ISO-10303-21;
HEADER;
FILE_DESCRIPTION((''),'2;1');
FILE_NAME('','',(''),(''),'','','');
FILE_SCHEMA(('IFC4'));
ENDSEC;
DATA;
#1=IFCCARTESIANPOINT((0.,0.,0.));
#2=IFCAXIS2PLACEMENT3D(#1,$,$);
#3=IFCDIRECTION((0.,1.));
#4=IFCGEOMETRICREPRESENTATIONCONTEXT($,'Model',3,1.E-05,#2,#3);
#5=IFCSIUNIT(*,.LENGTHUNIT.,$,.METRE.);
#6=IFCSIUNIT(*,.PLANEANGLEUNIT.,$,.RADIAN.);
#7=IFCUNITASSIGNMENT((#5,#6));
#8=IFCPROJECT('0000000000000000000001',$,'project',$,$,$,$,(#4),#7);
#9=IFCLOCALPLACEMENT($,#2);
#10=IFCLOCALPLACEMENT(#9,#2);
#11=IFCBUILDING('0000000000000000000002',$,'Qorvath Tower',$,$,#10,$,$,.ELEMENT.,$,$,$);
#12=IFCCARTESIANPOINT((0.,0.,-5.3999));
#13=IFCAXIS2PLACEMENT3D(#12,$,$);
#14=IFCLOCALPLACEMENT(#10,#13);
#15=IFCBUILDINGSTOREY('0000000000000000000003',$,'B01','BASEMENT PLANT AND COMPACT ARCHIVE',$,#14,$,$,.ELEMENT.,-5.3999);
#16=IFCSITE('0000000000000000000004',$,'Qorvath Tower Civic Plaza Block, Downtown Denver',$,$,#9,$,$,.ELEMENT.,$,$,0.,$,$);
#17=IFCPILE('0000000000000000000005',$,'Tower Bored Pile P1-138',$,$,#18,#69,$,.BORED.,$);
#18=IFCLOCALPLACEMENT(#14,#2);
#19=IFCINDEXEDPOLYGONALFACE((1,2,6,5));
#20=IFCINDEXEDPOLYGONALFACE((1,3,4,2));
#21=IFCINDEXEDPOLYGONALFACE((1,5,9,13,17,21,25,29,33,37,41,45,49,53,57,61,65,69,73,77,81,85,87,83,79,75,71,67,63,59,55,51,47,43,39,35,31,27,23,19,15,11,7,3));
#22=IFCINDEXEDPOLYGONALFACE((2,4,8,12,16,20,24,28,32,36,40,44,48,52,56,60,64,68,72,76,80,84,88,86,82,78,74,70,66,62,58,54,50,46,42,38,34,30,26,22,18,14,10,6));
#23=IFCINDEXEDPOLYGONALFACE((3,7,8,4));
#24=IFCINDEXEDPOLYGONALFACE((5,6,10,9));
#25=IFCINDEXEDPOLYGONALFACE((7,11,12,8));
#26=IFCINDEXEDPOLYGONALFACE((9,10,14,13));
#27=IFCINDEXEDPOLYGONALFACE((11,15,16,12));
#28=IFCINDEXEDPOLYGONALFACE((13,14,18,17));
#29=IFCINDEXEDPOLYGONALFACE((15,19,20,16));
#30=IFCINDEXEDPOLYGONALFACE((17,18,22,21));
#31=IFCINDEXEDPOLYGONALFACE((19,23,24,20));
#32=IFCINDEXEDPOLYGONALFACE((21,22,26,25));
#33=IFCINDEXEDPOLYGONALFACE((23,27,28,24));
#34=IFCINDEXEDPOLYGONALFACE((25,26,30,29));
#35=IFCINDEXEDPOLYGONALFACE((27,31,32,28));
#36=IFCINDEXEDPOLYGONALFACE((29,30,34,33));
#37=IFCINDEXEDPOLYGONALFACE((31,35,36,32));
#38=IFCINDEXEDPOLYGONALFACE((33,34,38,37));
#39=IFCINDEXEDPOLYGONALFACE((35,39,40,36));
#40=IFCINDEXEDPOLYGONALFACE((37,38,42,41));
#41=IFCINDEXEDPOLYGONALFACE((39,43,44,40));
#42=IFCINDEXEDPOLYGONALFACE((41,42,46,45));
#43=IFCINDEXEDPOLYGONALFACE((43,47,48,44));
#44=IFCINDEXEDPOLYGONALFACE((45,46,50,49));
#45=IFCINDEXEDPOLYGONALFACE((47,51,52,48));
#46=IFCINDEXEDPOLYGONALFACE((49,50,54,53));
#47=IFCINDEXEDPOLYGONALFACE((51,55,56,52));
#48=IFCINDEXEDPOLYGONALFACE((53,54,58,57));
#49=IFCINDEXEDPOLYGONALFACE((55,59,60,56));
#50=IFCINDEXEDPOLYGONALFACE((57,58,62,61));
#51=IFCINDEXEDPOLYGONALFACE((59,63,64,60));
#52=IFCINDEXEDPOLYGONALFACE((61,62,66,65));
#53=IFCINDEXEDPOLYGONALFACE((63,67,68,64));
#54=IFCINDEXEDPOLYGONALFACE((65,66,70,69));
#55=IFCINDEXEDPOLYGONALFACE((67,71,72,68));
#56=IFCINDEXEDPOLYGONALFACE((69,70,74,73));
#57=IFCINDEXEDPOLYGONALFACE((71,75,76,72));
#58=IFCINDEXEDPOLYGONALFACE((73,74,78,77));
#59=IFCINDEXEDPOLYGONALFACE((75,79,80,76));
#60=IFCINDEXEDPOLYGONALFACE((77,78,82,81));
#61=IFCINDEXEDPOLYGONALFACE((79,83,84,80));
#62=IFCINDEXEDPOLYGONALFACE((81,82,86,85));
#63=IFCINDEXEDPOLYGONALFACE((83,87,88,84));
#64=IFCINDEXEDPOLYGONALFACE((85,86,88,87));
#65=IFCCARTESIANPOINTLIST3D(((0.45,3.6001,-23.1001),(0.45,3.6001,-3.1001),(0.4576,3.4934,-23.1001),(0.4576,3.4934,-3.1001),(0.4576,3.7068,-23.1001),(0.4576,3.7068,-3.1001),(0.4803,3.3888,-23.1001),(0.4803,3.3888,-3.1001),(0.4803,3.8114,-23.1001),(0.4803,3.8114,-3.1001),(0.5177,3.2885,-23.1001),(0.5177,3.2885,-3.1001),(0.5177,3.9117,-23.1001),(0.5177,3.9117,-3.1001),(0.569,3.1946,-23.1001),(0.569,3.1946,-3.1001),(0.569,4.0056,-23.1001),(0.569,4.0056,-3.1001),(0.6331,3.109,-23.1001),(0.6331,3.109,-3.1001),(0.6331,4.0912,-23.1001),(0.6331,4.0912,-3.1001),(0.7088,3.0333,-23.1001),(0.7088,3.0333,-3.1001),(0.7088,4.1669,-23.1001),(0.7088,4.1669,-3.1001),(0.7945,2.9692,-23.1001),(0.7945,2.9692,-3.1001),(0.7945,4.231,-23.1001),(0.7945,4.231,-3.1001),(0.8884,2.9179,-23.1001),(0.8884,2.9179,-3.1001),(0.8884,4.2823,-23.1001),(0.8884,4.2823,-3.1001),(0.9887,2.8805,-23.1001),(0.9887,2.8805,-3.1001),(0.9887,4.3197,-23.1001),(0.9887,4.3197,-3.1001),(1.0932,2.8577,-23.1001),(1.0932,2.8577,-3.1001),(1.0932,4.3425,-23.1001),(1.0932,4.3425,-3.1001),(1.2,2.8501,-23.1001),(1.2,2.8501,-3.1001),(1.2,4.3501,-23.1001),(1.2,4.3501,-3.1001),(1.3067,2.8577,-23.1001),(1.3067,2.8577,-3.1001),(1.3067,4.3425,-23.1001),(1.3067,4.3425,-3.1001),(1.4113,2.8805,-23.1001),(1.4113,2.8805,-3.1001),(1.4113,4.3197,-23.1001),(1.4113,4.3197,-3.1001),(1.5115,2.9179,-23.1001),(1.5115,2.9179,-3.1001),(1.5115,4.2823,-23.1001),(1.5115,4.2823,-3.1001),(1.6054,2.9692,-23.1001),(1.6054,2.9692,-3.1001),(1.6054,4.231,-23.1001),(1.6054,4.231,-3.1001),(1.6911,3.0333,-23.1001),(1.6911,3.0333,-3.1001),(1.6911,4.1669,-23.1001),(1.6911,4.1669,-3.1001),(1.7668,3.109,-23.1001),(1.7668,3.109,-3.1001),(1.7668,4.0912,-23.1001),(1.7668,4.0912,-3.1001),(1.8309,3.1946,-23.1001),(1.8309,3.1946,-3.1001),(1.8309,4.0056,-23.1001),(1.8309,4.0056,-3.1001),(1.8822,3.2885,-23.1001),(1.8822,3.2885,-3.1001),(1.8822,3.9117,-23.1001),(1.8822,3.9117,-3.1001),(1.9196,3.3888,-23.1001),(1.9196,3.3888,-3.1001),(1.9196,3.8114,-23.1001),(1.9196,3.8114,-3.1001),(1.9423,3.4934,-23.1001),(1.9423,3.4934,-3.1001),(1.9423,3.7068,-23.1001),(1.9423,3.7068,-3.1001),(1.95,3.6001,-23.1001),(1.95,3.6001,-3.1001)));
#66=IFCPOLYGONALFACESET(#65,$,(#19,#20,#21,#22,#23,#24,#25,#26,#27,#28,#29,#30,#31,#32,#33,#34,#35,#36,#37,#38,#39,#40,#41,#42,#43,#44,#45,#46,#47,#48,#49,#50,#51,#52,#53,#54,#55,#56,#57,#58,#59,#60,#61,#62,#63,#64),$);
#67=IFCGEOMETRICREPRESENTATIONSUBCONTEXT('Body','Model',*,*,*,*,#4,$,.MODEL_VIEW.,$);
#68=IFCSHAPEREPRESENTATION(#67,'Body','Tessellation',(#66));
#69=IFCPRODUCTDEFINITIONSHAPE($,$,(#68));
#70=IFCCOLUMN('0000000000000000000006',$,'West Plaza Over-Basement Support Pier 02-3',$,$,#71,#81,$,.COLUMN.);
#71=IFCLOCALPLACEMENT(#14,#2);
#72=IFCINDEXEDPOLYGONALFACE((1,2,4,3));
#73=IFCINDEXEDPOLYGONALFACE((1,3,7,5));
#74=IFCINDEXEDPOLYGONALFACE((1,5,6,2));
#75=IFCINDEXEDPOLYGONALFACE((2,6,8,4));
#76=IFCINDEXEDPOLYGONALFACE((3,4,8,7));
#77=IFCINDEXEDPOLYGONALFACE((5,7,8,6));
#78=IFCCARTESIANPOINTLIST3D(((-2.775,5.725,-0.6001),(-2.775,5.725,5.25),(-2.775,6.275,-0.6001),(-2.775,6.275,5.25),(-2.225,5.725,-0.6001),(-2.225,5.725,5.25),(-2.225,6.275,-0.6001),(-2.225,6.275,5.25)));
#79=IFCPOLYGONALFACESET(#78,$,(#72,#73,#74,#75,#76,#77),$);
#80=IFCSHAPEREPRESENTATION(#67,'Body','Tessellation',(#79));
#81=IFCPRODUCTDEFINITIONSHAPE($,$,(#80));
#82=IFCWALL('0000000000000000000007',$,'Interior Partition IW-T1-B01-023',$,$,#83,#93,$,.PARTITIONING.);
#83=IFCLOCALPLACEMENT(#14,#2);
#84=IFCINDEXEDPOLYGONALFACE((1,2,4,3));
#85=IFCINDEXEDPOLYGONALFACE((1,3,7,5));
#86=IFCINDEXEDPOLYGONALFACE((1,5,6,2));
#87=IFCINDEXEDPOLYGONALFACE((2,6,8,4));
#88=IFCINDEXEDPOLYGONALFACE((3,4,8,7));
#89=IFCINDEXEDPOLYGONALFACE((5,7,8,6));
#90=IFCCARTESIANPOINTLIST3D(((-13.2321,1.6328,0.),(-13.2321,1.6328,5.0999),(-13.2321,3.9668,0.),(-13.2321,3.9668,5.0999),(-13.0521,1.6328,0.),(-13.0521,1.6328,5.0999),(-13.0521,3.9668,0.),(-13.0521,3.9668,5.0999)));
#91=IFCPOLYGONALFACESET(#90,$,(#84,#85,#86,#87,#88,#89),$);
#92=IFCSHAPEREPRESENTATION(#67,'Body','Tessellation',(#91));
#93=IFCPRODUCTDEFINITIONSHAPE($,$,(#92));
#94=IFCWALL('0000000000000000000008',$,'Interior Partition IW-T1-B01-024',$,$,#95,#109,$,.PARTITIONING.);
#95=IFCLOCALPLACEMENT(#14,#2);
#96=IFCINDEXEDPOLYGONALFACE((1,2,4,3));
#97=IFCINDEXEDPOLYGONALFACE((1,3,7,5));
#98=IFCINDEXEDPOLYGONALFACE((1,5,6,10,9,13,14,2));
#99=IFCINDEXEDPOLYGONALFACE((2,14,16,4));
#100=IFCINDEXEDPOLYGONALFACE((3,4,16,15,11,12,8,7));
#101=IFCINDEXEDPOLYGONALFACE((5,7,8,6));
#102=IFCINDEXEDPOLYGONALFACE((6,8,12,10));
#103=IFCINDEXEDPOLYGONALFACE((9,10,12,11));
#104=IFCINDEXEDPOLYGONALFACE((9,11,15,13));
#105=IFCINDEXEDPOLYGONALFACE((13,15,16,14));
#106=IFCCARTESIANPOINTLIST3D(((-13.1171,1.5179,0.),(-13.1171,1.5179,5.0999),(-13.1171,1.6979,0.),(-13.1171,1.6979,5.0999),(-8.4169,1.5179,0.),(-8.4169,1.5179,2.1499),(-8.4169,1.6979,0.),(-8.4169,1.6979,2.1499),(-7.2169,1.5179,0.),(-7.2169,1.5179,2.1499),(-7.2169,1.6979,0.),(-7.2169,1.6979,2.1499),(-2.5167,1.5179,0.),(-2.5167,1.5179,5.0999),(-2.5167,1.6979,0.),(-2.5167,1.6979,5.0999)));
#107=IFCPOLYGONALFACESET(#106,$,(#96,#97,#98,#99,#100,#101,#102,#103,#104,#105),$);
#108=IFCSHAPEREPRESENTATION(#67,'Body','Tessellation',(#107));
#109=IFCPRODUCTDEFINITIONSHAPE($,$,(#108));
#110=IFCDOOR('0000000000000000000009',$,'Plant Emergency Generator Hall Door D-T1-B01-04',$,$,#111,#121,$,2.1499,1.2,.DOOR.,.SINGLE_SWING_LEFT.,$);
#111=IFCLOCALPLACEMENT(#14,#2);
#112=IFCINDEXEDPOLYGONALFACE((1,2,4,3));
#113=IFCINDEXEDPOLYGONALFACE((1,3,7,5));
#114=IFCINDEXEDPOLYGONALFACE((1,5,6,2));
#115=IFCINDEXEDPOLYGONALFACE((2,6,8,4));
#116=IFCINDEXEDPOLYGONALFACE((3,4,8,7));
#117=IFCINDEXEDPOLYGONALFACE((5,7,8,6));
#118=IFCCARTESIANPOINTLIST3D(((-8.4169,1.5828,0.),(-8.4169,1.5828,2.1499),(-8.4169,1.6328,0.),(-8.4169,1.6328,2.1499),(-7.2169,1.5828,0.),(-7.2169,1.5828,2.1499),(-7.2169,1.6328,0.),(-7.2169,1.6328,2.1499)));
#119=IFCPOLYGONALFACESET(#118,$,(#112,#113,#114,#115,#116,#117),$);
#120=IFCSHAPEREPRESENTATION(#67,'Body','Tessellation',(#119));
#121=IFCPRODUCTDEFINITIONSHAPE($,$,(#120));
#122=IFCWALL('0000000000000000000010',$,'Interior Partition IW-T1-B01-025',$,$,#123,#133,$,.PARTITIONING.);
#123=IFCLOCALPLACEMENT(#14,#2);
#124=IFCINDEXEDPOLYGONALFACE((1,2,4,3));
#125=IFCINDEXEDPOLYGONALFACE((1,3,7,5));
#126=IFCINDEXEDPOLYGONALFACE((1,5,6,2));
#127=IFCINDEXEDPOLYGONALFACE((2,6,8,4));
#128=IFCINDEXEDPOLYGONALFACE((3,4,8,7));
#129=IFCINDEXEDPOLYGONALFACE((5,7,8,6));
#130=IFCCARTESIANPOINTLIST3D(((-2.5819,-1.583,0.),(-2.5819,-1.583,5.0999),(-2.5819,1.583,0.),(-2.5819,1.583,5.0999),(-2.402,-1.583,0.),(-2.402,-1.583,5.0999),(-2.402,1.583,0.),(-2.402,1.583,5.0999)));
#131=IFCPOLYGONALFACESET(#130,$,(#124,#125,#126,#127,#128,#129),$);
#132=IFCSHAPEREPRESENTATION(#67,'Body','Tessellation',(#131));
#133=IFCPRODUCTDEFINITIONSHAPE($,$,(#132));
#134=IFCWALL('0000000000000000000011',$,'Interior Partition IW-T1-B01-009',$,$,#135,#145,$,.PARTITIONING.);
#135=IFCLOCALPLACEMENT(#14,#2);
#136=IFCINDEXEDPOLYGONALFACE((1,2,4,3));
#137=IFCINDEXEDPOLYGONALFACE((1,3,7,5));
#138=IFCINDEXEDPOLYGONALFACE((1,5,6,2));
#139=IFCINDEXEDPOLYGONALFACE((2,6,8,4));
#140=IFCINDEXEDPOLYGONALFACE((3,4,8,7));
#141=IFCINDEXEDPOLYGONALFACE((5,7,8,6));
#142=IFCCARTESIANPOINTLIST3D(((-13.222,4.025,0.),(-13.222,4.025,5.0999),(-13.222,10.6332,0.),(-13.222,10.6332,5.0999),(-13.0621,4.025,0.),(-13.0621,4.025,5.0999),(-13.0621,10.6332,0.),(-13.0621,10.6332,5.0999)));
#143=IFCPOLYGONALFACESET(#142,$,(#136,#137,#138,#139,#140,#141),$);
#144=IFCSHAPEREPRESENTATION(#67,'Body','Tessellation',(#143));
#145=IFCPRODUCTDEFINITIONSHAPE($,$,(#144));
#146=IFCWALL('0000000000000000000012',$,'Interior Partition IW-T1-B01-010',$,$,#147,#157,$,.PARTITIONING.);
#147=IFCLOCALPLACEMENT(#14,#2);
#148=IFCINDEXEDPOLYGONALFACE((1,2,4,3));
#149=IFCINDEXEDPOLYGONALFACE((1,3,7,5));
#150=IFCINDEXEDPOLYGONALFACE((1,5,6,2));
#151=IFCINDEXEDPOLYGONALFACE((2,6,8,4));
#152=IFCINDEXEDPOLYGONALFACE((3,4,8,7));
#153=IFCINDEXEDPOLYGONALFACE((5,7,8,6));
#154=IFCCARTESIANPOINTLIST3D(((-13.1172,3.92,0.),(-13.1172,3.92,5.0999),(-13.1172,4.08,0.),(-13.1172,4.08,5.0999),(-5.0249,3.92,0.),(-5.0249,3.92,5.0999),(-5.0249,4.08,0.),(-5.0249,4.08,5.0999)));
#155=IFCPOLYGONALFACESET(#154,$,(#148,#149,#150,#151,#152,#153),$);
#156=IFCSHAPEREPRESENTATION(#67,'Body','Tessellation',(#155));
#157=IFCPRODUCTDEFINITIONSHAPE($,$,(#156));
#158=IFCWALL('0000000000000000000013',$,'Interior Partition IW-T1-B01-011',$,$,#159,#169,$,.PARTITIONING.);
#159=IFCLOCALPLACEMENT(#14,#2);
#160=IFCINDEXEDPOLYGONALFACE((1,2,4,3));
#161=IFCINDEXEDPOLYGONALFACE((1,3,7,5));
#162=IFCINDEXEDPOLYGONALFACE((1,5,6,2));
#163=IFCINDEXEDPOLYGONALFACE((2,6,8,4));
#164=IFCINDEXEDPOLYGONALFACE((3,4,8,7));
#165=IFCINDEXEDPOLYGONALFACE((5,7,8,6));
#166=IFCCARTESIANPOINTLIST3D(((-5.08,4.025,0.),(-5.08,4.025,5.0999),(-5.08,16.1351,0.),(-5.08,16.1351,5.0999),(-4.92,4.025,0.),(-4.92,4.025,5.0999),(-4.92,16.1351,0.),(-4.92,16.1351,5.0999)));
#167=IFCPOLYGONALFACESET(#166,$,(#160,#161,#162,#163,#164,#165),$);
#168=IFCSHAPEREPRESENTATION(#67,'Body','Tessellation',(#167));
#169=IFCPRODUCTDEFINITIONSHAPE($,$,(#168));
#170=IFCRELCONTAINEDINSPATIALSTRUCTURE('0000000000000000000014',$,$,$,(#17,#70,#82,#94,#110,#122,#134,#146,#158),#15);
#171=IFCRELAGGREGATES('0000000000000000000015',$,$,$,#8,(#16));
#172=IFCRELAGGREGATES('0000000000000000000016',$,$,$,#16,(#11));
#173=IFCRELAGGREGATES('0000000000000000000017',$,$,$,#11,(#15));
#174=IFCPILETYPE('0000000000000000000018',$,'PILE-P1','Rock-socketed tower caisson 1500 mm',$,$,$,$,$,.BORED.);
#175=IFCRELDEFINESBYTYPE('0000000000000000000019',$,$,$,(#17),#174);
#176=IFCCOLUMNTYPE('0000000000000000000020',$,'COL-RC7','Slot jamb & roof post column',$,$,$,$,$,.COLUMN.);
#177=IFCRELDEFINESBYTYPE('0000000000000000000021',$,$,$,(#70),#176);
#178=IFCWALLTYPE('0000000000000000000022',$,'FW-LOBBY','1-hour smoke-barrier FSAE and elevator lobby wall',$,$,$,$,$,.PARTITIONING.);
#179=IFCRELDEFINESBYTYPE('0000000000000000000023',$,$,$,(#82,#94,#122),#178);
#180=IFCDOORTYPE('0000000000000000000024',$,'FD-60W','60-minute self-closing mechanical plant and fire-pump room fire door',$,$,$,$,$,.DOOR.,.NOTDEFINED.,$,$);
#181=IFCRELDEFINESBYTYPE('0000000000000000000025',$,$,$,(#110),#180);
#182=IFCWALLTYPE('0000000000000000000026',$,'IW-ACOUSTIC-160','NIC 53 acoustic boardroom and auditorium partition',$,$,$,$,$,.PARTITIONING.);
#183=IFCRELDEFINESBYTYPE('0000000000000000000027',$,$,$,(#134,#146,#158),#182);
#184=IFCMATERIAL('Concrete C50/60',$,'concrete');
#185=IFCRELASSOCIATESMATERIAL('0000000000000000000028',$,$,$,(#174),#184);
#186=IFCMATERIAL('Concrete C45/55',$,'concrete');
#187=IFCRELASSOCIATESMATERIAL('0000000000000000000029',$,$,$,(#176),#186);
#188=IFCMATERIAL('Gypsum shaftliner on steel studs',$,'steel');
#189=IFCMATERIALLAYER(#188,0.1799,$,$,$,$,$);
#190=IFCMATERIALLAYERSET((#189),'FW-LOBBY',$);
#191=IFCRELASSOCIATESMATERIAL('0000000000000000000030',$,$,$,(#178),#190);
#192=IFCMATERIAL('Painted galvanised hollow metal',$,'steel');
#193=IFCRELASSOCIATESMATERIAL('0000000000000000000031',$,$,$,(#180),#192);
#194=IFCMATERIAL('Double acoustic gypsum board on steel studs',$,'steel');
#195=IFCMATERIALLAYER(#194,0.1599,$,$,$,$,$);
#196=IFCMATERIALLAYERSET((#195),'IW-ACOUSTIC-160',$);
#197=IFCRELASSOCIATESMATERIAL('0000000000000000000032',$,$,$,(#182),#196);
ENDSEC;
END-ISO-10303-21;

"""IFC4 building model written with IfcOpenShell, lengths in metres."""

from ifc_helpers import new_model, si_unit, direction, frame, frame_2d, origin, origin_2d, place, context, subcontext, project, spatial, rectangle, circle, extrude, material, layer, layer_set, material_profile, profile_set, type_object, element, fill, save


model = new_model("IFC4")

# Units and contexts
model_context = context("Model", 3, precision=1e-05, world=origin(), true_north=direction((0.0, 1.0)))
body_context = subcontext(model_context, "Body", "Model", "MODEL_VIEW")
ifc_project = project(units=[si_unit("LENGTHUNIT", "METRE"), si_unit("PLANEANGLEUNIT", "RADIAN")], contexts=[model_context])

# Site, building, storey
site_placement = place(None, origin())
site = spatial("IfcSite", under=ifc_project, at=site_placement, Name="Qorvath Tower Civic Plaza Block, Downtown Denver", CompositionType="ELEMENT", RefElevation=0.0)
building_placement = place(site_placement, origin())
building = spatial("IfcBuilding", under=site, at=building_placement, Name="Qorvath Tower", CompositionType="ELEMENT")
storey_placement = place(building_placement, frame((0.0, 0.0, -5.3999)))
storey = spatial("IfcBuildingStorey", under=building, at=storey_placement, Name="B01", Description="BASEMENT PLANT AND COMPACT ARCHIVE", CompositionType="ELEMENT", Elevation=-5.3999)

# Pile
ifc_material_1 = material(Name="Concrete C50/60", Category="concrete")
ifc_material_profile_1 = material_profile(ifc_material_1, circle(Radius=0.75, at=origin_2d()), Name="BORED PILE 1500")
ifc_profile_set_1 = profile_set([ifc_material_profile_1], Name="Concrete C50/60")
pile_type = type_object("IfcPileType", Name="PILE-P1", Description="Rock-socketed tower caisson 1500 mm", PredefinedType="BORED", material=ifc_profile_set_1)
for number, where, z_axis, x_axis, name in (
    (1, (1.2, 3.6001, -3.1001), (0.0, 0.0, -1.0), (1.0, 0.0, 0.0), "Tower Bored Pile P1-138"),
):
    element("IfcPile", number, at=place(storey_placement, frame(where, z_axis=z_axis, x_axis=x_axis)), inside=storey, type_object=pile_type, Name=name, PredefinedType="BORED", context=body_context, shape_type="SweptSolid", body=[
        extrude(circle(Radius=0.75, at=origin_2d()), origin(), (0.0, 0.0, 1.0), 20.0),
    ])

# Column
ifc_material_2 = material(Name="Concrete C45/55", Category="concrete")
ifc_material_profile_2 = material_profile(ifc_material_2, rectangle(XDim=0.55, YDim=0.55, at=origin_2d()), Name="RC 550x550")
ifc_profile_set_2 = profile_set([ifc_material_profile_2], Name="Concrete C45/55")
column_type = type_object("IfcColumnType", Name="COL-RC7", Description="Slot jamb & roof post column", PredefinedType="COLUMN", material=ifc_profile_set_2)
column_placement = place(storey_placement, frame((-2.5, 6.0, -0.6001), z_axis=(0.0, 0.0, 1.0), x_axis=(1.0, 0.0, 0.0)))
element("IfcColumn", 2, at=column_placement, inside=storey, type_object=column_type, Name="West Plaza Over-Basement Support Pier 02-3", PredefinedType="COLUMN", context=body_context, shape_type="SweptSolid", body=[
    extrude(rectangle(XDim=0.55, YDim=0.55, at=origin_2d()), origin(), (0.0, 0.0, 1.0), 5.8501),
])

# Wall
ifc_material_3 = material(Name="Gypsum shaftliner on steel studs", Category="steel")
ifc_layer_1 = layer(ifc_material_3, 0.1799)
ifc_layer_set_1 = layer_set([ifc_layer_1], Name="FW-LOBBY")
wall_type_1 = type_object("IfcWallType", Name="FW-LOBBY", Description="1-hour smoke-barrier FSAE and elevator lobby wall", PredefinedType="PARTITIONING", material=ifc_layer_set_1)
wall_1_placement = place(storey_placement, frame((-13.1421, 3.9668, 0.0), z_axis=(0.0, 0.0, 1.0), x_axis=(0.0, -1.0, 0.0)))
element("IfcWall", 3, at=wall_1_placement, inside=storey, type_object=wall_type_1, Name="Interior Partition IW-T1-B01-023", PredefinedType="PARTITIONING", context=body_context, shape_type="SweptSolid", body=[
    extrude(rectangle(XDim=2.334, YDim=0.1799, at=frame_2d((1.167, 0.0))), origin(), (0.0, 0.0, 1.0), 5.0999),
])

# Wall, opening, door
wall_2_placement = place(storey_placement, frame((-13.1172, 1.6079, 0.0), z_axis=(0.0, 0.0, 1.0), x_axis=(1.0, 0.0, 0.0)))
wall_2 = element("IfcWall", 4, at=wall_2_placement, inside=storey, type_object=wall_type_1, Name="Interior Partition IW-T1-B01-024", PredefinedType="PARTITIONING", context=body_context, shape_type="SweptSolid", body=[
    extrude(rectangle(XDim=10.6003, YDim=0.1799, at=frame_2d((5.3003, 0.0))), origin(), (0.0, 0.0, 1.0), 5.0999),
])
opening_placement = place(wall_2_placement, frame((4.7002, 0.0, 0.0)))
opening = element("IfcOpeningElement", 5, at=opening_placement, cuts=wall_2, PredefinedType="OPENING", context=body_context, shape_type="SweptSolid", body=[
    extrude(rectangle(XDim=1.2, YDim=2.1499, at=frame_2d((0.6001, 1.075))), frame((0.0, 0.1001, 0.0), z_axis=(0.0, -1.0, 0.0), x_axis=(1.0, 0.0, 0.0)), (0.0, 0.0, 1.0), 0.2),
])
ifc_material_4 = material(Name="Painted galvanised hollow metal", Category="steel")
door_type = type_object("IfcDoorType", Name="FD-60W", Description="60-minute self-closing mechanical plant and fire-pump room fire door", OperationType="NOTDEFINED", PredefinedType="DOOR", material=ifc_material_4)
door_placement = place(opening_placement, origin())
door = element("IfcDoor", 6, at=door_placement, inside=storey, type_object=door_type, Name="Plant Emergency Generator Hall Door D-T1-B01-04", OperationType="SINGLE_SWING_LEFT", OverallHeight=2.1499, OverallWidth=1.2, PredefinedType="DOOR", context=body_context, shape_type="SweptSolid", body=[
    extrude(rectangle(XDim=1.2, YDim=2.1499, at=frame_2d((0.6001, 1.075))), frame((0.0, 0.0249, 0.0), z_axis=(0.0, -1.0, 0.0), x_axis=(1.0, 0.0, 0.0)), (0.0, 0.0, 1.0), 0.05),
])
fill(opening, door)

# Walls
wall_3_placement = place(storey_placement, frame((-2.4919, 1.583, 0.0), z_axis=(0.0, 0.0, 1.0), x_axis=(0.0, -1.0, 0.0)))
element("IfcWall", 7, at=wall_3_placement, inside=storey, type_object=wall_type_1, Name="Interior Partition IW-T1-B01-025", PredefinedType="PARTITIONING", context=body_context, shape_type="SweptSolid", body=[
    extrude(rectangle(XDim=3.166, YDim=0.1799, at=frame_2d((1.583, 0.0))), origin(), (0.0, 0.0, 1.0), 5.0999),
])
ifc_material_5 = material(Name="Double acoustic gypsum board on steel studs", Category="steel")
ifc_layer_2 = layer(ifc_material_5, 0.1599)
ifc_layer_set_2 = layer_set([ifc_layer_2], Name="IW-ACOUSTIC-160")
wall_type_2 = type_object("IfcWallType", Name="IW-ACOUSTIC-160", Description="NIC 53 acoustic boardroom and auditorium partition", PredefinedType="PARTITIONING", material=ifc_layer_set_2)
wall_4_placement = place(storey_placement, frame((-13.1421, 4.0249, 0.0), z_axis=(0.0, 0.0, 1.0), x_axis=(0.0, 1.0, 0.0)))
element("IfcWall", 8, at=wall_4_placement, inside=storey, type_object=wall_type_2, Name="Interior Partition IW-T1-B01-009", PredefinedType="PARTITIONING", context=body_context, shape_type="SweptSolid", body=[
    extrude(rectangle(XDim=6.6082, YDim=0.1599, at=frame_2d((3.3042, 0.0))), origin(), (0.0, 0.0, 1.0), 5.0999),
])
wall_5_placement = place(storey_placement, frame((-13.1172, 4.0, 0.0), z_axis=(0.0, 0.0, 1.0), x_axis=(1.0, 0.0, 0.0)))
element("IfcWall", 9, at=wall_5_placement, inside=storey, type_object=wall_type_2, Name="Interior Partition IW-T1-B01-010", PredefinedType="PARTITIONING", context=body_context, shape_type="SweptSolid", body=[
    extrude(rectangle(XDim=8.0923, YDim=0.1599, at=frame_2d((4.0461, 0.0))), origin(), (0.0, 0.0, 1.0), 5.0999),
])
wall_6_placement = place(storey_placement, frame((-5.0, 4.0249, 0.0), z_axis=(0.0, 0.0, 1.0), x_axis=(0.0, 1.0, 0.0)))
element("IfcWall", 10, at=wall_6_placement, inside=storey, type_object=wall_type_2, Name="Interior Partition IW-T1-B01-011", PredefinedType="PARTITIONING", context=body_context, shape_type="SweptSolid", body=[
    extrude(rectangle(XDim=12.1101, YDim=0.1599, at=frame_2d((6.0552, 0.0))), origin(), (0.0, 0.0, 1.0), 5.0999),
])

save(model, "model.ifc")
